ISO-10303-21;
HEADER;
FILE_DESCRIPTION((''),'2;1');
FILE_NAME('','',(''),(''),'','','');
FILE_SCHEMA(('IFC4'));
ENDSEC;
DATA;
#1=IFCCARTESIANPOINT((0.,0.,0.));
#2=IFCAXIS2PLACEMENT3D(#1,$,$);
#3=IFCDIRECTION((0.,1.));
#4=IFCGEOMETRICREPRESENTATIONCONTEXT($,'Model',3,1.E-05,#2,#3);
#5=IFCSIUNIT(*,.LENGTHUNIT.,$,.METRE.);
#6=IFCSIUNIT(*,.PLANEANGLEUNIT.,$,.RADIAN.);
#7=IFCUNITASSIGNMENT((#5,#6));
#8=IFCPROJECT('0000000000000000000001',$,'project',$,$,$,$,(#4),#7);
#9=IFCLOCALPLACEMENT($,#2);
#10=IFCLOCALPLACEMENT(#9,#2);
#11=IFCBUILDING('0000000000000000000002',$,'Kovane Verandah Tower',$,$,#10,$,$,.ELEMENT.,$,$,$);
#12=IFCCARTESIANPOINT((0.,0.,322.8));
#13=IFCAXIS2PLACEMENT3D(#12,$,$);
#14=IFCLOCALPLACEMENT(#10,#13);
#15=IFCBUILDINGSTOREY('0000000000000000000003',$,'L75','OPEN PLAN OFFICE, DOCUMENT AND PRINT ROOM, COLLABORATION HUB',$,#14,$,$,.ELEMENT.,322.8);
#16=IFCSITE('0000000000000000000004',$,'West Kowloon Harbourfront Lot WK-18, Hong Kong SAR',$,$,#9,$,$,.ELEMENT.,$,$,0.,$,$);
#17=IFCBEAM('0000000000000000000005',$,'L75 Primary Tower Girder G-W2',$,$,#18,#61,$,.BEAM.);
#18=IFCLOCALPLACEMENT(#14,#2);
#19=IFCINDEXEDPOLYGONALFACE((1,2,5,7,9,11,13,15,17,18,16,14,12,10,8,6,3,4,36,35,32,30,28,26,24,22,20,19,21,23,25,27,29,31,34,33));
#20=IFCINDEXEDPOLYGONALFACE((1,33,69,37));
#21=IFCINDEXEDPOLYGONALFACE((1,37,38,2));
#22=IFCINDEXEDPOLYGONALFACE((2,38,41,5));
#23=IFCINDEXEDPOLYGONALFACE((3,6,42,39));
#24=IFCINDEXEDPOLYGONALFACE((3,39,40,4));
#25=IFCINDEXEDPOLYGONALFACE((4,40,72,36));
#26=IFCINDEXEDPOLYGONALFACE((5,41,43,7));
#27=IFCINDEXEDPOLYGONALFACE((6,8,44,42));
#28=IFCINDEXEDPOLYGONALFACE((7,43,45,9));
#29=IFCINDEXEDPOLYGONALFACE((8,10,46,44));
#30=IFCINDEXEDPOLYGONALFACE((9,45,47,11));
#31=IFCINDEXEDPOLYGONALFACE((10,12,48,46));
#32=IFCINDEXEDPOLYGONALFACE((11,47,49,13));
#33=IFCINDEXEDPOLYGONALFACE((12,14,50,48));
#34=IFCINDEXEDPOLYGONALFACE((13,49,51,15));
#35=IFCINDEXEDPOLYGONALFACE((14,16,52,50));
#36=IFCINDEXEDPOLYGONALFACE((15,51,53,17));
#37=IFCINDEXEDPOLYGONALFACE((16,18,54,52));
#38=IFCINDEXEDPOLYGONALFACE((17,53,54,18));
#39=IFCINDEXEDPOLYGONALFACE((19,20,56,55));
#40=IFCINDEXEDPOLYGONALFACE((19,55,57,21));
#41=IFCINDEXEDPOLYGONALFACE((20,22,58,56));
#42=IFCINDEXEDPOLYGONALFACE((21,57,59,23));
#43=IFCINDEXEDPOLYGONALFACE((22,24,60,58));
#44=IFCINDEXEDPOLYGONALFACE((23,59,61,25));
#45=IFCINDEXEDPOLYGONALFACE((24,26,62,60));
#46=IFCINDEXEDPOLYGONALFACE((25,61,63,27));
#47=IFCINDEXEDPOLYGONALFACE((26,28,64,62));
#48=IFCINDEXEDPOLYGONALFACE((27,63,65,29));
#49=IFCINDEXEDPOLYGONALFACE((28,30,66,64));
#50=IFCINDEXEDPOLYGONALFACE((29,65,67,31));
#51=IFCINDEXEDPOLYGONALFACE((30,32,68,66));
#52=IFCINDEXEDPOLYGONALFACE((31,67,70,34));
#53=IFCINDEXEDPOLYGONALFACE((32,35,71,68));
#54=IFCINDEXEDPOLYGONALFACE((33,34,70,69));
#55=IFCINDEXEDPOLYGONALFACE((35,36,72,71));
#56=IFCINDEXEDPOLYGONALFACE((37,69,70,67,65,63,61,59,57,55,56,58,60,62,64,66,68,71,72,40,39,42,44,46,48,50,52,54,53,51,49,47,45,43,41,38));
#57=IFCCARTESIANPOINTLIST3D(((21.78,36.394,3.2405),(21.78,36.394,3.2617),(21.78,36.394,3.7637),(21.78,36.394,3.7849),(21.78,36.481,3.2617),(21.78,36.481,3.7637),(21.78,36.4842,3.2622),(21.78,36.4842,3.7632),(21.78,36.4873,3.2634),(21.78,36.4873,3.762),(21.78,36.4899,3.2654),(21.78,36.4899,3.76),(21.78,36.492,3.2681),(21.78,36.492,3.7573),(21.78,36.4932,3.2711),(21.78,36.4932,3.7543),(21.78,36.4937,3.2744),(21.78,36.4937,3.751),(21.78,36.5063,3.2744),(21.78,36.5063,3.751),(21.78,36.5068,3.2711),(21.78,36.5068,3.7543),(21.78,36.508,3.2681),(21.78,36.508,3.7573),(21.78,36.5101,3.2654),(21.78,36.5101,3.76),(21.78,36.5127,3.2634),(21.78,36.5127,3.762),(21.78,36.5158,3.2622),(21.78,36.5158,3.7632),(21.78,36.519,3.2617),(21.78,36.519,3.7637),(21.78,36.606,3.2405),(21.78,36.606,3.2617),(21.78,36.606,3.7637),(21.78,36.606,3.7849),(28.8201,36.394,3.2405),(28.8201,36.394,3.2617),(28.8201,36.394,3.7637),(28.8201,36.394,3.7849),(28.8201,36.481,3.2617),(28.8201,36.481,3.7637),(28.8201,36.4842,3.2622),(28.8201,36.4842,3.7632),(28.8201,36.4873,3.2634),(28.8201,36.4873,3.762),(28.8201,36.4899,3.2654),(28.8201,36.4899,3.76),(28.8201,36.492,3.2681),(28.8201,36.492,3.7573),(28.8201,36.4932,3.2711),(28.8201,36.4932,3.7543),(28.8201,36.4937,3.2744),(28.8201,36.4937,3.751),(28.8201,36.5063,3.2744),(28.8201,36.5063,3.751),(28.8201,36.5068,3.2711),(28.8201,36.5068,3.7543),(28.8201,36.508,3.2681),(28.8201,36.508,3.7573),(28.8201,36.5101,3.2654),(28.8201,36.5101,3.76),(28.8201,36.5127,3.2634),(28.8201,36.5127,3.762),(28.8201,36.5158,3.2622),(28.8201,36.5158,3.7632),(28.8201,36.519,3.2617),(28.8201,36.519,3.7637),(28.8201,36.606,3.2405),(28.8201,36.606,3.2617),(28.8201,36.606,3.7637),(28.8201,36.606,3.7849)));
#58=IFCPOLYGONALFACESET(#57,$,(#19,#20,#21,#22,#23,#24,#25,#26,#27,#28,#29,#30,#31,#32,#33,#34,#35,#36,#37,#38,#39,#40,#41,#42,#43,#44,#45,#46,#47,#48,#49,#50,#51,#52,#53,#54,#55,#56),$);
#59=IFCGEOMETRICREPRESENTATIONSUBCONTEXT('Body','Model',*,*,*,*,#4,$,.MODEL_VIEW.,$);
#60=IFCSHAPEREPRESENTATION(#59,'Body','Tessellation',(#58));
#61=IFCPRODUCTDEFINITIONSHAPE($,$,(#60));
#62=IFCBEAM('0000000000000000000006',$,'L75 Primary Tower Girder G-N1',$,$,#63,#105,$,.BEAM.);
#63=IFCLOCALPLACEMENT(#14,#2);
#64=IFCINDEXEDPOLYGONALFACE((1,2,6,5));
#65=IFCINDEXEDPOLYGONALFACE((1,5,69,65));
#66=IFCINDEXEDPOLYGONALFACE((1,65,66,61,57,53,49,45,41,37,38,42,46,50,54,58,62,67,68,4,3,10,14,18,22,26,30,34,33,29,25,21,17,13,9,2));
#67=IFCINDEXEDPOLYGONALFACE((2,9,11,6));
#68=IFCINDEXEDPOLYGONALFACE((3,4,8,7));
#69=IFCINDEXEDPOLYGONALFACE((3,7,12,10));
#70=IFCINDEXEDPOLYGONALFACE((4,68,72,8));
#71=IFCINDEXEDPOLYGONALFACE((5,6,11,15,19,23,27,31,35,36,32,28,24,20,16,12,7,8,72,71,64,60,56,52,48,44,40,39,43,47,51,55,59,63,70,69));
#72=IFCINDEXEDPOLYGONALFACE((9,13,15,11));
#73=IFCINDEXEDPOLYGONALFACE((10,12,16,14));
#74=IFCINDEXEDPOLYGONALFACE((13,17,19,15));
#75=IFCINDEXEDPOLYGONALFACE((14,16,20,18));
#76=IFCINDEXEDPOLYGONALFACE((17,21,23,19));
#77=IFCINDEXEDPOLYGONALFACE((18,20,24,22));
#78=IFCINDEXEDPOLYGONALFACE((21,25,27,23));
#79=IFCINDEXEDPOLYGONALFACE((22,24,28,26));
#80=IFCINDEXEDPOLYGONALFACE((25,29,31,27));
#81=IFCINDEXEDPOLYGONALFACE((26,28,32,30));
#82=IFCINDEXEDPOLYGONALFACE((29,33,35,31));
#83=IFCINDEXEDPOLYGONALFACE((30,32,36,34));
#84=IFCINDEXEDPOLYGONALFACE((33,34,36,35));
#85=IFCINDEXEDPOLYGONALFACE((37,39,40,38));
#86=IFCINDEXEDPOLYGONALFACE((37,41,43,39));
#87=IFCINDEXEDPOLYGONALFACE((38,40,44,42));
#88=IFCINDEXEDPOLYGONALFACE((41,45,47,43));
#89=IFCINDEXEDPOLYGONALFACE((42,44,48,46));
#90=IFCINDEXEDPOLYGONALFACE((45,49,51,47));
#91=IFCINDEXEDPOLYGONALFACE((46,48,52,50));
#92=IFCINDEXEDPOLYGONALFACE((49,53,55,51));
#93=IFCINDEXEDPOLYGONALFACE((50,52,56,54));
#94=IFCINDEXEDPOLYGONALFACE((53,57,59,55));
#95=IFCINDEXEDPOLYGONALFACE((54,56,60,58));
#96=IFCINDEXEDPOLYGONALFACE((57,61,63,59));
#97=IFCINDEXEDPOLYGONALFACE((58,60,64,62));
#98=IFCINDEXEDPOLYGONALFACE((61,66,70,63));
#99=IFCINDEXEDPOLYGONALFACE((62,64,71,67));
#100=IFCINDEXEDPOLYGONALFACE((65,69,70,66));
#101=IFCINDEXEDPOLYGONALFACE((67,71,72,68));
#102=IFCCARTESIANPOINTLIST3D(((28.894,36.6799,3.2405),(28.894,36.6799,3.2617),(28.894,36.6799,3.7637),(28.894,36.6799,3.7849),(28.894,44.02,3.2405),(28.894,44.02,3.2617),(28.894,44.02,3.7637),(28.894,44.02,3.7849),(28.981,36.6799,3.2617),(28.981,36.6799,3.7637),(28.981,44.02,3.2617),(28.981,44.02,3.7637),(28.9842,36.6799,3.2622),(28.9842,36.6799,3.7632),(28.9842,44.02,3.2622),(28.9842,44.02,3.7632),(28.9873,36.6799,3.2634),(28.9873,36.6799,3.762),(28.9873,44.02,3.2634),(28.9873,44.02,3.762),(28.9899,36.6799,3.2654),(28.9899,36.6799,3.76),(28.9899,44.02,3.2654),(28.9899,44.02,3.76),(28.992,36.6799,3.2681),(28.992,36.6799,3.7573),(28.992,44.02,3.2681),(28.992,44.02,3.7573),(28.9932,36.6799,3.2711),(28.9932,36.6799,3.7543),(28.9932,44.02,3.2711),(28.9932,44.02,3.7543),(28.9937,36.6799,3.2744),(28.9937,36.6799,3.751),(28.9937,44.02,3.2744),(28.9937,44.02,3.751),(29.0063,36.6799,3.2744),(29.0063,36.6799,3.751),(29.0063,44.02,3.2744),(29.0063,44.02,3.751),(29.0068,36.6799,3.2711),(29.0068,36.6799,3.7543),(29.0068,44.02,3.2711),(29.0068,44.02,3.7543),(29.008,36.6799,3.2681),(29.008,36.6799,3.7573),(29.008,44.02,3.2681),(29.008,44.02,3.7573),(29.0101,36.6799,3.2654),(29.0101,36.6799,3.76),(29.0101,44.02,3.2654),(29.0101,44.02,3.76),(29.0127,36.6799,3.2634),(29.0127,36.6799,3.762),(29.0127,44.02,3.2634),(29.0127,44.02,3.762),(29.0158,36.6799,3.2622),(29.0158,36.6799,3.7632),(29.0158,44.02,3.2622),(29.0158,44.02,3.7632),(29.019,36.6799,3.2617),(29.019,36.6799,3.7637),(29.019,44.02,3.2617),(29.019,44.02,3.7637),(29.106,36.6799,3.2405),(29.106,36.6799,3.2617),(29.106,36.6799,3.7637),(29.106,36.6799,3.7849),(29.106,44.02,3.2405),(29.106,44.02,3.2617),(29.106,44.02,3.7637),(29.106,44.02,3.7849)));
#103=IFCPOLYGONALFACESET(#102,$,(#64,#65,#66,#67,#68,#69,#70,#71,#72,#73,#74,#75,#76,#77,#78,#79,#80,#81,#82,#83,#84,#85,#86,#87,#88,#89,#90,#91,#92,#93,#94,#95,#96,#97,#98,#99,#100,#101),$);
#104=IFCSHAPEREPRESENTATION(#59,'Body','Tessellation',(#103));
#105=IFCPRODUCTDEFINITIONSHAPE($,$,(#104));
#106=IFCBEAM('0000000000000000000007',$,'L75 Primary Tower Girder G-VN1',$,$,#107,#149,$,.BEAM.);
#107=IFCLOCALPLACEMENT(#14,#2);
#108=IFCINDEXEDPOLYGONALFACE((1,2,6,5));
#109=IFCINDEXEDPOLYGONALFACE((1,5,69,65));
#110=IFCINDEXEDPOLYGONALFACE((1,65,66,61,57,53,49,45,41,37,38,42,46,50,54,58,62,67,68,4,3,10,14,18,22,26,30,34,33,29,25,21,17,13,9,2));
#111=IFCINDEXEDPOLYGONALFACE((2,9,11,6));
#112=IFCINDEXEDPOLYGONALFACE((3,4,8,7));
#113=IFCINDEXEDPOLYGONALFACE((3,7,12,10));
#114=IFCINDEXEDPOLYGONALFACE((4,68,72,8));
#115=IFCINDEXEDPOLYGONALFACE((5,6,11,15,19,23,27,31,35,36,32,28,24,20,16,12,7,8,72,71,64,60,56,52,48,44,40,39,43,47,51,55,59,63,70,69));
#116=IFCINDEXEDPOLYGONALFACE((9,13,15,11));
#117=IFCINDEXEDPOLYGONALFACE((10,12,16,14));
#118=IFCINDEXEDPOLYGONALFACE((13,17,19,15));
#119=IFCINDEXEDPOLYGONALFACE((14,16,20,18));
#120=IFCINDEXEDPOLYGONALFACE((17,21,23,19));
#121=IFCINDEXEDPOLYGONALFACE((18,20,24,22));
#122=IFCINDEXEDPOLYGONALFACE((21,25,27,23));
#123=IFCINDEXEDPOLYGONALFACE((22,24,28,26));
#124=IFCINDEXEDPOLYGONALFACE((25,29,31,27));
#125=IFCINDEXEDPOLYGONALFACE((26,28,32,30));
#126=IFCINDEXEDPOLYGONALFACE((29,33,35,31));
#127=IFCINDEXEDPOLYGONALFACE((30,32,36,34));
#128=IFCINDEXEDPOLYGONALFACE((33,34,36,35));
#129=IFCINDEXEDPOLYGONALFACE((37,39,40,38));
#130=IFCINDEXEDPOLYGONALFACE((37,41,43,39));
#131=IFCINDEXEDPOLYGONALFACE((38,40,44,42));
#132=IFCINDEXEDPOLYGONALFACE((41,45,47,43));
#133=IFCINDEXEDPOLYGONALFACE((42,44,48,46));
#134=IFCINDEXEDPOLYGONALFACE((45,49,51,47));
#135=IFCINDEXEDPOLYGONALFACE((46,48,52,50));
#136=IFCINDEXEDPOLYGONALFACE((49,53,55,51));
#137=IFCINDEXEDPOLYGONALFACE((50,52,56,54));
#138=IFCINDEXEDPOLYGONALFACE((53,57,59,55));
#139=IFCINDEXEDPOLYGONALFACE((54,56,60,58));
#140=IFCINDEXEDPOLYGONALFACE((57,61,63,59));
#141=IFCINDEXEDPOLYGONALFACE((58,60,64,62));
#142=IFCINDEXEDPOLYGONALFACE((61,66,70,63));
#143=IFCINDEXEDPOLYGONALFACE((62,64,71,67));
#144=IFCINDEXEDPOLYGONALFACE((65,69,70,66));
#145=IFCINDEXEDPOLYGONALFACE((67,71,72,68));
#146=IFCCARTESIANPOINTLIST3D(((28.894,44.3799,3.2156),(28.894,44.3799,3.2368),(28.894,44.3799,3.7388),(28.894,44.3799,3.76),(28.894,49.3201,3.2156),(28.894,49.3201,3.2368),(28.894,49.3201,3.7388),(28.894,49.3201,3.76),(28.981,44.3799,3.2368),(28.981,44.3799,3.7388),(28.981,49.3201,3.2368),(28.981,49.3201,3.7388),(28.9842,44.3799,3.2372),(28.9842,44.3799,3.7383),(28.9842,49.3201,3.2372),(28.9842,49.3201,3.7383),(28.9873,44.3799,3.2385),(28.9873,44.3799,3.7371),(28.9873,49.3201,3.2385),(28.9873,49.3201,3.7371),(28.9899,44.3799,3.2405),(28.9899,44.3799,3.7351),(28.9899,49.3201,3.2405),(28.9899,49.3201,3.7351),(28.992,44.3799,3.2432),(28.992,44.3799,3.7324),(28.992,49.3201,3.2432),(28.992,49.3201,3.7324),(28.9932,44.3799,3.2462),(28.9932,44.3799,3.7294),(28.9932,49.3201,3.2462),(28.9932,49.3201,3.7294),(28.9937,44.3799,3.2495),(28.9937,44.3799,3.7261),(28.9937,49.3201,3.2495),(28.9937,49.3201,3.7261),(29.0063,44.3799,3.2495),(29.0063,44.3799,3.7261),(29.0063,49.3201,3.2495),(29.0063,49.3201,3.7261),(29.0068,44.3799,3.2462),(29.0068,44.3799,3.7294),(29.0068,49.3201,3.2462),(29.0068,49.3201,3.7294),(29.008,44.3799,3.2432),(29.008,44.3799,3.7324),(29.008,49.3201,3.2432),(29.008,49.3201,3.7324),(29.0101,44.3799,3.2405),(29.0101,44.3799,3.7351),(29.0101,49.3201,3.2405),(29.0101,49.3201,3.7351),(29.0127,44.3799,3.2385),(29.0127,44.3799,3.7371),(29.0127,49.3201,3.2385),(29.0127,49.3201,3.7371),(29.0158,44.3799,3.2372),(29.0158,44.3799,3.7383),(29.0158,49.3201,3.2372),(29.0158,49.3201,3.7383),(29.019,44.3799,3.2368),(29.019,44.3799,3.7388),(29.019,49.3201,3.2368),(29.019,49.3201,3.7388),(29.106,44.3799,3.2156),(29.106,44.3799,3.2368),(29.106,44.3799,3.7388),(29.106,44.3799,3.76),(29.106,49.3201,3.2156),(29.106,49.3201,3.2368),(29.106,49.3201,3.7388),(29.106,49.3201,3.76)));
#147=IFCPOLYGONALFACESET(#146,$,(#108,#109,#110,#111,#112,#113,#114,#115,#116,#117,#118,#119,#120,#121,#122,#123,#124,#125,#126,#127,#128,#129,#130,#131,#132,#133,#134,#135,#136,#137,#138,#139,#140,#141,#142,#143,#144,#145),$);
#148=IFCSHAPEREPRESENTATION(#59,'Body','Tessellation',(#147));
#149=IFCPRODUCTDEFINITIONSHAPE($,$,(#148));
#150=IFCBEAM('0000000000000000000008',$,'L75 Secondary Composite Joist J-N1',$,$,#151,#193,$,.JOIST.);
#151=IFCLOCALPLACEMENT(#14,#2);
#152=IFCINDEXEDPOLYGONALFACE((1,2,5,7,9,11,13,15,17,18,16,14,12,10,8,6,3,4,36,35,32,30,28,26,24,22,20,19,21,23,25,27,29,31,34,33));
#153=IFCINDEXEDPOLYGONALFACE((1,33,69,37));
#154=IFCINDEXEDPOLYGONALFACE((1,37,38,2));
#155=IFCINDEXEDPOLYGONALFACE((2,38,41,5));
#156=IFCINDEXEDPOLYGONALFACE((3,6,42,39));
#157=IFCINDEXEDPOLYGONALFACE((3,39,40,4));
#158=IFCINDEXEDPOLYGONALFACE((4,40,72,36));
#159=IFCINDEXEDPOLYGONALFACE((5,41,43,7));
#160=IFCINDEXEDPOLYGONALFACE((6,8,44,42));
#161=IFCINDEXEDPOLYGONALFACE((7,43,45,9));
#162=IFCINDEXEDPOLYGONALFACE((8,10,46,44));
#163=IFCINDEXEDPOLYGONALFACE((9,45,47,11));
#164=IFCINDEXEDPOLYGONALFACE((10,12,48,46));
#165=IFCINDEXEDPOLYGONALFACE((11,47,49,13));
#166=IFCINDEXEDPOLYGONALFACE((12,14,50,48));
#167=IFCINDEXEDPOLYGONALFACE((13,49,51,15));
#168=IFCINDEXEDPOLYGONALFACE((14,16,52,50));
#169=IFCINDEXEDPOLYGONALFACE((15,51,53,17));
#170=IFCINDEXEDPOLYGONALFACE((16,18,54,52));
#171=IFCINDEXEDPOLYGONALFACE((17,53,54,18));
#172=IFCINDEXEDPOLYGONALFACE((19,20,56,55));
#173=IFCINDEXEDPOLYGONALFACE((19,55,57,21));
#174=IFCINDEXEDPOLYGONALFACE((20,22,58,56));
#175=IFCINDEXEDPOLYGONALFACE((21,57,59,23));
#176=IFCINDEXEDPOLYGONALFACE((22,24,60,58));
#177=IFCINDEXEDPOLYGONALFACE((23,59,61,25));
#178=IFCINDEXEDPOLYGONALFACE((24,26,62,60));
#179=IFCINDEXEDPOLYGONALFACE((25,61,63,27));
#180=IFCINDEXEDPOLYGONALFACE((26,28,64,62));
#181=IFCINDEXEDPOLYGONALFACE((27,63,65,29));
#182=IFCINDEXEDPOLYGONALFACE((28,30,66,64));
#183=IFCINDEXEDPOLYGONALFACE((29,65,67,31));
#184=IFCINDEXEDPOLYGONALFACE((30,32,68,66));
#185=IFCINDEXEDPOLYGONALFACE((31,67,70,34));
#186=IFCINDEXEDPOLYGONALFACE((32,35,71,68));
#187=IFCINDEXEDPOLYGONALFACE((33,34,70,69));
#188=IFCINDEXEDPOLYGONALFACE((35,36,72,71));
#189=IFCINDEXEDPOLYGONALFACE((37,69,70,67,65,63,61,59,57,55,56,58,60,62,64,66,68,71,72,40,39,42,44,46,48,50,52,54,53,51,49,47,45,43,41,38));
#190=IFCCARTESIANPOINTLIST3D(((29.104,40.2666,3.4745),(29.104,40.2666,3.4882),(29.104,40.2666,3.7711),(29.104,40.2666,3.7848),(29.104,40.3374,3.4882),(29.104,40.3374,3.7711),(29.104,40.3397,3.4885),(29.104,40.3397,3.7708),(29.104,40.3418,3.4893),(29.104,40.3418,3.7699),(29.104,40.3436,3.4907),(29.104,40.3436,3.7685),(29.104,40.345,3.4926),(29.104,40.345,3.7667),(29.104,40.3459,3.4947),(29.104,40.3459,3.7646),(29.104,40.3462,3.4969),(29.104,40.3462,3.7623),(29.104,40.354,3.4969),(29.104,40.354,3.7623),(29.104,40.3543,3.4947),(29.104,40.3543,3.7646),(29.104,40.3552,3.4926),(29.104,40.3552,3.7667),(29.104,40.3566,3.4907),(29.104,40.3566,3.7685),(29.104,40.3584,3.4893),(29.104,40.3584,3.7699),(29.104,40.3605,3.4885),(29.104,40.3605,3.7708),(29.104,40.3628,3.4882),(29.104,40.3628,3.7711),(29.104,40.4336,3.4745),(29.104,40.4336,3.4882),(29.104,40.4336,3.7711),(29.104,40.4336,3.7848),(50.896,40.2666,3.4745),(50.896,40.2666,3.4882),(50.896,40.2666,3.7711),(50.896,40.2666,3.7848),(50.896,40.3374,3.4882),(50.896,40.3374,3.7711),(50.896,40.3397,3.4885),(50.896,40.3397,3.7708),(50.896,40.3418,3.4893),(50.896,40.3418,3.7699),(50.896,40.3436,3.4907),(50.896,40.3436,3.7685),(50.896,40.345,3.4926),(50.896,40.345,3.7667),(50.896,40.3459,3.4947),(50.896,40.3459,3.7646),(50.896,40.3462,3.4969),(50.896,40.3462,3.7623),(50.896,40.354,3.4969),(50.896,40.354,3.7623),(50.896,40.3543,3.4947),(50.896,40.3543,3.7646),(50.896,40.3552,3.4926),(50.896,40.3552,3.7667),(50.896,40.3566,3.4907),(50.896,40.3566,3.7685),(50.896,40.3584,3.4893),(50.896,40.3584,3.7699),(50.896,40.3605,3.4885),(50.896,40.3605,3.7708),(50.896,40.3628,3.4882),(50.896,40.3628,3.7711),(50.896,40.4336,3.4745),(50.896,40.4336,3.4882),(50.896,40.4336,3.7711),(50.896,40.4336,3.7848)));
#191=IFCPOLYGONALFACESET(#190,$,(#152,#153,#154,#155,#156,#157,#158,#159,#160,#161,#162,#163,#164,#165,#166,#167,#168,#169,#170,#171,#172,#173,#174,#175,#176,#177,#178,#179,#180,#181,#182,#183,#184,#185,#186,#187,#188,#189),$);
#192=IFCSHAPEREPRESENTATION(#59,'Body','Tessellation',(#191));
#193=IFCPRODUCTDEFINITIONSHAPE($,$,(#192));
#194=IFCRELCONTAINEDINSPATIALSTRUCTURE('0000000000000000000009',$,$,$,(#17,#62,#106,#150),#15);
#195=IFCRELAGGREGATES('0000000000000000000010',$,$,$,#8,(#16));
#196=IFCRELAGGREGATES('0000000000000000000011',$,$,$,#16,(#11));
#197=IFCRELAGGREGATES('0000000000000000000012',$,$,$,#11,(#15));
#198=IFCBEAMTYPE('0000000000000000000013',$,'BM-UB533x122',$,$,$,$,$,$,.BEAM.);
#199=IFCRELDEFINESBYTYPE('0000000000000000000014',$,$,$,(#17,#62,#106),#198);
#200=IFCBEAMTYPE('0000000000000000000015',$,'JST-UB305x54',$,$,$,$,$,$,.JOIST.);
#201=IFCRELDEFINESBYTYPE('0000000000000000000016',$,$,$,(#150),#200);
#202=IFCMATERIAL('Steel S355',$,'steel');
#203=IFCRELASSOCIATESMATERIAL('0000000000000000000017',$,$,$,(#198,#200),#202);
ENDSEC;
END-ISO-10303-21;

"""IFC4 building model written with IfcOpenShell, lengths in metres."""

from ifc_helpers import new_model, si_unit, direction, frame, origin, origin_2d, place, context, subcontext, project, spatial, i_section, extrude, material, material_profile, profile_set, type_object, element, save


model = new_model("IFC4")

# Units and contexts
model_context = context("Model", 3, precision=1e-05, world=origin(), true_north=direction((0.0, 1.0)))
body_context = subcontext(model_context, "Body", "Model", "MODEL_VIEW")
ifc_project = project(units=[si_unit("LENGTHUNIT", "METRE"), si_unit("PLANEANGLEUNIT", "RADIAN")], contexts=[model_context])

# Site, building, storey
site_placement = place(None, origin())
site = spatial("IfcSite", under=ifc_project, at=site_placement, Name="West Kowloon Harbourfront Lot WK-18, Hong Kong SAR", CompositionType="ELEMENT", RefElevation=0.0)
building_placement = place(site_placement, origin())
building = spatial("IfcBuilding", under=site, at=building_placement, Name="Kovane Verandah Tower", CompositionType="ELEMENT")
storey_placement = place(building_placement, frame((0.0, 0.0, 322.8)))
storey = spatial("IfcBuildingStorey", under=building, at=storey_placement, Name="L75", Description="OPEN PLAN OFFICE, DOCUMENT AND PRINT ROOM, COLLABORATION HUB", CompositionType="ELEMENT", Elevation=322.8)

# Beams
ifc_material_1 = material(Name="Steel S355", Category="steel")
ifc_material_profile_1 = material_profile(ifc_material_1, i_section(OverallWidth=0.2119, OverallDepth=0.5444, WebThickness=0.0127, FlangeThickness=0.0212, FilletRadius=0.0127, at=origin_2d()), Name="UB533x210x122")
ifc_profile_set_1 = profile_set([ifc_material_profile_1], Name="Steel S355")
beam_type_1 = type_object("IfcBeamType", Name="BM-UB533x122", PredefinedType="BEAM", material=ifc_profile_set_1)
for number, where, z_axis, x_axis, name in (
    (1, (28.8201, 36.5, 3.5127), (-1.0, 0.0, 0.0), (0.0, -1.0, 0.0), "L75 Primary Tower Girder G-W2"),
):
    element("IfcBeam", number, at=place(storey_placement, frame(where, z_axis=z_axis, x_axis=x_axis)), inside=storey, type_object=beam_type_1, Name=name, PredefinedType="BEAM", context=body_context, shape_type="SweptSolid", body=[
        extrude(i_section(OverallWidth=0.2119, OverallDepth=0.5444, WebThickness=0.0127, FlangeThickness=0.0212, FilletRadius=0.0127, at=origin_2d()), origin(), (0.0, 0.0, 1.0), 7.04),
    ])
beam_1_placement = place(storey_placement, frame((29.0, 36.6799, 3.5127), z_axis=(0.0, 1.0, 0.0), x_axis=(-1.0, 0.0, 0.0)))
element("IfcBeam", 2, at=beam_1_placement, inside=storey, type_object=beam_type_1, Name="L75 Primary Tower Girder G-N1", PredefinedType="BEAM", context=body_context, shape_type="SweptSolid", body=[
    extrude(i_section(OverallWidth=0.2119, OverallDepth=0.5444, WebThickness=0.0127, FlangeThickness=0.0212, FilletRadius=0.0127, at=origin_2d()), origin(), (0.0, 0.0, 1.0), 7.3401),
])
beam_2_placement = place(storey_placement, frame((29.0, 44.3799, 3.4878), z_axis=(0.0, 1.0, 0.0), x_axis=(-1.0, 0.0, 0.0)))
element("IfcBeam", 3, at=beam_2_placement, inside=storey, type_object=beam_type_1, Name="L75 Primary Tower Girder G-VN1", PredefinedType="BEAM", context=body_context, shape_type="SweptSolid", body=[
    extrude(i_section(OverallWidth=0.2119, OverallDepth=0.5444, WebThickness=0.0127, FlangeThickness=0.0212, FilletRadius=0.0127, at=origin_2d()), origin(), (0.0, 0.0, 1.0), 4.9402),
])
ifc_material_profile_2 = material_profile(ifc_material_1, i_section(OverallWidth=0.167, OverallDepth=0.3103, WebThickness=0.0078, FlangeThickness=0.0137, FilletRadius=0.0088, at=origin_2d()), Name="UB305x165x54")
ifc_profile_set_2 = profile_set([ifc_material_profile_2], Name="Steel S355")
beam_type_2 = type_object("IfcBeamType", Name="JST-UB305x54", PredefinedType="JOIST", material=ifc_profile_set_2)
beam_3_placement = place(storey_placement, frame((29.104, 40.3501, 3.6296), z_axis=(1.0, 0.0, 0.0), x_axis=(0.0, 1.0, 0.0)))
element("IfcBeam", 4, at=beam_3_placement, inside=storey, type_object=beam_type_2, Name="L75 Secondary Composite Joist J-N1", PredefinedType="JOIST", context=body_context, shape_type="SweptSolid", body=[
    extrude(i_section(OverallWidth=0.167, OverallDepth=0.3103, WebThickness=0.0078, FlangeThickness=0.0137, FilletRadius=0.0088, at=origin_2d()), origin(), (0.0, 0.0, 1.0), 21.792),
])

save(model, "model.ifc")
